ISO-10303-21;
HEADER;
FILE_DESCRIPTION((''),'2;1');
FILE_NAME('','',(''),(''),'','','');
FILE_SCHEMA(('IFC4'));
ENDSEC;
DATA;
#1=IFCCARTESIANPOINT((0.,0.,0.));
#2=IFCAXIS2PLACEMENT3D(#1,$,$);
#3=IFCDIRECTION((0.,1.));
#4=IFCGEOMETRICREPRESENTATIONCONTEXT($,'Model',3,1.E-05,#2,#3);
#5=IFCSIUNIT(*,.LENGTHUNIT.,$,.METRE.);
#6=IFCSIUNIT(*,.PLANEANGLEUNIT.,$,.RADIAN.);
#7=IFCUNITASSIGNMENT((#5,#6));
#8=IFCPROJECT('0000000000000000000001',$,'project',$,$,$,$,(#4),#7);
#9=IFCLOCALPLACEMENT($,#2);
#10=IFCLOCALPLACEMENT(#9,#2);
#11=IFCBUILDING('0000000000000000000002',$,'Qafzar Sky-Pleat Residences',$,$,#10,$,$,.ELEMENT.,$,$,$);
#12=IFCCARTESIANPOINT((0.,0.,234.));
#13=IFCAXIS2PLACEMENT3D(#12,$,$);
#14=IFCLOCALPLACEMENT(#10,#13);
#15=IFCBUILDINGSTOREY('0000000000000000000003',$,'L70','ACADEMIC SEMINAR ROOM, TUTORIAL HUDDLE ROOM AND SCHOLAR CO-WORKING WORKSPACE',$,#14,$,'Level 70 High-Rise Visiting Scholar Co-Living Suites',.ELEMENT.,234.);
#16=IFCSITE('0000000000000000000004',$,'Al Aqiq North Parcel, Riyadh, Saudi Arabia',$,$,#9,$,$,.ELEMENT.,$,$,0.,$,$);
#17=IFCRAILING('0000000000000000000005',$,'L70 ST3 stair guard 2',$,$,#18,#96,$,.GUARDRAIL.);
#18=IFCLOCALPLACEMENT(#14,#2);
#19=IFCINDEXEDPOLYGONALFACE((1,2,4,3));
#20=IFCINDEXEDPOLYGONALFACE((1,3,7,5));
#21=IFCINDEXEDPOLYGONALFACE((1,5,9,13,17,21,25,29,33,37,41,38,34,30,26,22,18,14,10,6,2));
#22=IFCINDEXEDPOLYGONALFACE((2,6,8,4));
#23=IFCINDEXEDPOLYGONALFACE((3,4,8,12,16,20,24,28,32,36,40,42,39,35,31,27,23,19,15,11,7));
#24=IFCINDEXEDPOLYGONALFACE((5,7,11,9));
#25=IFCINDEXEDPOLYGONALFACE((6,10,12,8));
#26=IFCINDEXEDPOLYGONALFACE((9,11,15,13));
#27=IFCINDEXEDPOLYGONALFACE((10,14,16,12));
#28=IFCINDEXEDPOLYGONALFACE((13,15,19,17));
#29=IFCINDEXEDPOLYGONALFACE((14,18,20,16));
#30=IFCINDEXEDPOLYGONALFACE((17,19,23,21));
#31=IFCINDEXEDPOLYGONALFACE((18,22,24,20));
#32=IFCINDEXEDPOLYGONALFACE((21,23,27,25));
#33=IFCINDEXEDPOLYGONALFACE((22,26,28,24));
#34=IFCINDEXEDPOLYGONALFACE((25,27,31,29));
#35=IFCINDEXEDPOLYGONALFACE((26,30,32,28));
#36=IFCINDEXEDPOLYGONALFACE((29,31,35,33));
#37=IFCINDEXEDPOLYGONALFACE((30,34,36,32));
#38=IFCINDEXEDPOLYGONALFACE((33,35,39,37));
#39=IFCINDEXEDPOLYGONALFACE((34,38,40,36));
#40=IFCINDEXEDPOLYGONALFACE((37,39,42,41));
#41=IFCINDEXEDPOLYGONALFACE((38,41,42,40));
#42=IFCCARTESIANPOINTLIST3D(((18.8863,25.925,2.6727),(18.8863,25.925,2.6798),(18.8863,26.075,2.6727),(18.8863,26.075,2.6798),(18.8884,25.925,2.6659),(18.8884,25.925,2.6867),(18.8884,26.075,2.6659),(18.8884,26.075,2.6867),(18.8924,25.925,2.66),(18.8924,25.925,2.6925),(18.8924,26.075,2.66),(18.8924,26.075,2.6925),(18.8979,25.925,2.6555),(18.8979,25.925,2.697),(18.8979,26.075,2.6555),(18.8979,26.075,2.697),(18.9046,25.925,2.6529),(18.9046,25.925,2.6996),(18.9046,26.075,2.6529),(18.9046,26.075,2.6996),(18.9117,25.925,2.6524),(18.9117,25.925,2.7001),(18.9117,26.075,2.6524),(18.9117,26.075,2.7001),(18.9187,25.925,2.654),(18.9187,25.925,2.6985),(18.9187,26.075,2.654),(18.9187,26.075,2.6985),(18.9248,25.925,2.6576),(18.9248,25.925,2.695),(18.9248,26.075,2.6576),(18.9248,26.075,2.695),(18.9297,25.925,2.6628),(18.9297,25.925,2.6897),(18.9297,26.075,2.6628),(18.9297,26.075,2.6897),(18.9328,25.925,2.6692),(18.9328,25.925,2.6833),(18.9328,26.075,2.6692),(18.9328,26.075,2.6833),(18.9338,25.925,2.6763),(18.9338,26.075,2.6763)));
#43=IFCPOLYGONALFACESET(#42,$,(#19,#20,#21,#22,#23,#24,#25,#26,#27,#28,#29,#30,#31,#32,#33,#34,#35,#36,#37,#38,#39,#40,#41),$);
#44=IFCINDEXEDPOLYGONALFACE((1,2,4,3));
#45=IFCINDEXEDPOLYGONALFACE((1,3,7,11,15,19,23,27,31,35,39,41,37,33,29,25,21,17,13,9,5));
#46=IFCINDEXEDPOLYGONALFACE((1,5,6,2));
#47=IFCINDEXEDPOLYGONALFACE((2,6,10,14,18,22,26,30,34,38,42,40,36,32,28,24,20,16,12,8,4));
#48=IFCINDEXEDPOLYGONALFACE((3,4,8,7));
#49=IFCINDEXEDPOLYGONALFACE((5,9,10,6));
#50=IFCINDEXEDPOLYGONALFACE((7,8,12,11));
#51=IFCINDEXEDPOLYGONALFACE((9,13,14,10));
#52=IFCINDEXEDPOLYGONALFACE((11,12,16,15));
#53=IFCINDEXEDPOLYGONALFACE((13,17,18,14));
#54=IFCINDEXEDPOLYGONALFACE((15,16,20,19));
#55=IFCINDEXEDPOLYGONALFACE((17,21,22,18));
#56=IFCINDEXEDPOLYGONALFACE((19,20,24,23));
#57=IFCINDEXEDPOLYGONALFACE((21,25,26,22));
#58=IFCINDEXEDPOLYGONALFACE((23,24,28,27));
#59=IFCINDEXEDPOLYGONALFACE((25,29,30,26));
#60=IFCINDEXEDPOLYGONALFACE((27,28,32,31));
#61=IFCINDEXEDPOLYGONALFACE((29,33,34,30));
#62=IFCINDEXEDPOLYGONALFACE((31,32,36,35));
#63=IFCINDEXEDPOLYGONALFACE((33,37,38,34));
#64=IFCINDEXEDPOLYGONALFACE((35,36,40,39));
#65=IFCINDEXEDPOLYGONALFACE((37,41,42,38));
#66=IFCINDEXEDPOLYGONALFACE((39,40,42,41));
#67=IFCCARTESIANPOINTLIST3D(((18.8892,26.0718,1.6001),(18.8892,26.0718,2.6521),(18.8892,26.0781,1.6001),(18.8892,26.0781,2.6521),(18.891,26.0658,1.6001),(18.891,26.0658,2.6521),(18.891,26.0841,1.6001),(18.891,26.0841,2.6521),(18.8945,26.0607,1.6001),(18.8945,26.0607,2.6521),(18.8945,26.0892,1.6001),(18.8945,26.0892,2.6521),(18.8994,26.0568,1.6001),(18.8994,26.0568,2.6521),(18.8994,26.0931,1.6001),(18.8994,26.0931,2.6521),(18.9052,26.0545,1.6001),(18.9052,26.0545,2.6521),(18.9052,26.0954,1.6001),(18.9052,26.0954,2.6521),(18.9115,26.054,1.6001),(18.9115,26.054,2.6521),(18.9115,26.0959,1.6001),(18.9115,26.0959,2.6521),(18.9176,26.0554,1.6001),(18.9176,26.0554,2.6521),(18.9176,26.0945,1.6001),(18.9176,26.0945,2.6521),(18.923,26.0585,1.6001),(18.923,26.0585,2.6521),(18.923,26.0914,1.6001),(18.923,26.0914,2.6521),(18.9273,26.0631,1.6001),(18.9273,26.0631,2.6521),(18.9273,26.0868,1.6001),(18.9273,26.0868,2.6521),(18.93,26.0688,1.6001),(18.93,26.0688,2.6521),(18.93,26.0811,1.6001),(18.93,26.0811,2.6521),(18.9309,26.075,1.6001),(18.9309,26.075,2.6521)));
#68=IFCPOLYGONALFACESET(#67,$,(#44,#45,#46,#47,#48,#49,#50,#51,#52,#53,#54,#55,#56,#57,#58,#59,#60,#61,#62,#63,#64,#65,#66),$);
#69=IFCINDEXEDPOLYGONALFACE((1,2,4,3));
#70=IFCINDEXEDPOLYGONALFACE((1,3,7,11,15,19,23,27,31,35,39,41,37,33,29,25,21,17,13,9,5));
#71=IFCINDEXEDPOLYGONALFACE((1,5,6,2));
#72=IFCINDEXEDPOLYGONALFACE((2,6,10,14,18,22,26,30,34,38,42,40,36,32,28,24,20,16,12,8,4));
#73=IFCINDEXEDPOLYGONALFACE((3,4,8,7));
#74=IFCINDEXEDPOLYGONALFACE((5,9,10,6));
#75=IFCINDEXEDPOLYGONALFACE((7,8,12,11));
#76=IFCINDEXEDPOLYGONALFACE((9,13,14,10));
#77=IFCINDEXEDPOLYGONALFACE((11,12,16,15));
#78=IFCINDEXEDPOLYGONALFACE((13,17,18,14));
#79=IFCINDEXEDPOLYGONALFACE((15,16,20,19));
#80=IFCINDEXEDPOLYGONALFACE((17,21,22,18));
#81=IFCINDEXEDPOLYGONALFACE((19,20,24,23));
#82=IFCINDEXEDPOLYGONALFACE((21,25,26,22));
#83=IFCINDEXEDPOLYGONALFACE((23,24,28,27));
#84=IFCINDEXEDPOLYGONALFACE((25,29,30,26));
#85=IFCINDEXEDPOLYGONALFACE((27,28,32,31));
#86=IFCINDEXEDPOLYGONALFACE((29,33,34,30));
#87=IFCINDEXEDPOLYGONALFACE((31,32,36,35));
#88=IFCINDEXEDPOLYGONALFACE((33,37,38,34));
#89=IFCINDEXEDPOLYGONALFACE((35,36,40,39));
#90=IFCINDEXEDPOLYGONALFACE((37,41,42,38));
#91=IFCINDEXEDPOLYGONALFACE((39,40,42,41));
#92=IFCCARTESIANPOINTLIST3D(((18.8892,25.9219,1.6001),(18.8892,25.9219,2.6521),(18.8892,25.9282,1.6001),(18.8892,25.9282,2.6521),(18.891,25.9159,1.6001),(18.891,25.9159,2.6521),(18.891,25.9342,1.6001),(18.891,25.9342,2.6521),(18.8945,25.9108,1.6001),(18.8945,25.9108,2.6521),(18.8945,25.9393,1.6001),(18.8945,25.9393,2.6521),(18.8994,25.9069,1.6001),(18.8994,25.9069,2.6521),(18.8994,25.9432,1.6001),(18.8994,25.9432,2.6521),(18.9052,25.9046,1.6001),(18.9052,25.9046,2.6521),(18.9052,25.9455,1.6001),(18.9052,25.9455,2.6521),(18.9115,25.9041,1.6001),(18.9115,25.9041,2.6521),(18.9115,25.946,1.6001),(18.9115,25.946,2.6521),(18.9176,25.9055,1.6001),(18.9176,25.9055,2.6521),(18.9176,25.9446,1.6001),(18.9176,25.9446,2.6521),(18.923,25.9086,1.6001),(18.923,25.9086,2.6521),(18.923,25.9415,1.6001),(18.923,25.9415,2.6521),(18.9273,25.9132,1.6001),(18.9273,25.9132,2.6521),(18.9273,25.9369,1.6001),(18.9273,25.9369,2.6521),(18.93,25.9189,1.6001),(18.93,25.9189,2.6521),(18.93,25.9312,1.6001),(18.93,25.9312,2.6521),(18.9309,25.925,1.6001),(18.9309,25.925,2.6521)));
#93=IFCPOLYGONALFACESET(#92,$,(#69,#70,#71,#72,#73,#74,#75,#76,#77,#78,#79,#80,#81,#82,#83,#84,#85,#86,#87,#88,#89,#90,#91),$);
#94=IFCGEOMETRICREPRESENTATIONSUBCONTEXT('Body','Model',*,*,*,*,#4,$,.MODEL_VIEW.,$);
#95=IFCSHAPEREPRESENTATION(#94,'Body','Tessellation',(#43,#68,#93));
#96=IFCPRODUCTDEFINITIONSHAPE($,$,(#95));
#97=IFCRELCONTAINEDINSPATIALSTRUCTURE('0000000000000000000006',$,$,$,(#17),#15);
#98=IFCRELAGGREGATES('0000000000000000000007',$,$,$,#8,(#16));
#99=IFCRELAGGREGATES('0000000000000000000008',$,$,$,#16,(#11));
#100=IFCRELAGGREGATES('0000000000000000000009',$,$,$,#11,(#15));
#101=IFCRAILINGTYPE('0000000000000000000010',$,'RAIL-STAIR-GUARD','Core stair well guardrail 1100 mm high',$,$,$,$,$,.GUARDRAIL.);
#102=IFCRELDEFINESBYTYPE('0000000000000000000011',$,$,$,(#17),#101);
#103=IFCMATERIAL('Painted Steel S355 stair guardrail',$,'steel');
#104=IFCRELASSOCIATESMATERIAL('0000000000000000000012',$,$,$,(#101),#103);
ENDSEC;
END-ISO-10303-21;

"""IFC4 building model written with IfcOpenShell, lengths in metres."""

from ifc_helpers import new_model, si_unit, direction, frame, origin, origin_2d, place, context, subcontext, project, spatial, circle, extrude, source, transform, mapped, material, type_object, element, save


model = new_model("IFC4")

# Units and contexts
model_context = context("Model", 3, precision=1e-05, world=origin(), true_north=direction((0.0, 1.0)))
body_context = subcontext(model_context, "Body", "Model", "MODEL_VIEW")
ifc_project = project(units=[si_unit("LENGTHUNIT", "METRE"), si_unit("PLANEANGLEUNIT", "RADIAN")], contexts=[model_context])

# Site, building, storey
site_placement = place(None, origin())
site = spatial("IfcSite", under=ifc_project, at=site_placement, Name="Al Aqiq North Parcel, Riyadh, Saudi Arabia", CompositionType="ELEMENT", RefElevation=0.0)
building_placement = place(site_placement, origin())
building = spatial("IfcBuilding", under=site, at=building_placement, Name="Qafzar Sky-Pleat Residences", CompositionType="ELEMENT")
storey_placement = place(building_placement, frame((0.0, 0.0, 234.0)))
storey = spatial("IfcBuildingStorey", under=building, at=storey_placement, Name="L70", Description="ACADEMIC SEMINAR ROOM, TUTORIAL HUDDLE ROOM AND SCHOLAR CO-WORKING WORKSPACE", LongName="Level 70 High-Rise Visiting Scholar Co-Living Suites", CompositionType="ELEMENT", Elevation=234.0)

# Railing
ifc_material_1 = material(Name="Painted Steel S355 stair guardrail", Category="steel")
railing_type_1 = type_object("IfcRailingType", Name="RAIL-STAIR-GUARD", Description="Core stair well guardrail 1100 mm high", PredefinedType="GUARDRAIL", material=ifc_material_1)
shared_shape_1 = source(origin(), body_context, "Body", "SweptSolid", [
    extrude(circle(Radius=0.0239, at=origin_2d()), frame((0.0, 0.0, 1.0762), z_axis=(0.0, -1.0, 0.0), x_axis=(1.0, 0.0, 0.0)), (0.0, 0.0, 1.0), 0.1499),
    extrude(circle(Radius=0.021, at=origin_2d()), origin(), (0.0, 0.0, 1.0), 1.052),
    extrude(circle(Radius=0.021, at=origin_2d()), frame((0.0, -0.1499, 0.0)), (0.0, 0.0, 1.0), 1.052),
])
railing_1_placement = place(storey_placement, frame((18.9099, 26.075, 1.6001)))
element("IfcRailing", 1, at=railing_1_placement, inside=storey, type_object=railing_type_1, Name="L70 ST3 stair guard 2", PredefinedType="GUARDRAIL", context=body_context, shape_type="MappedRepresentation", body=[
    mapped(shared_shape_1, transform((0.0, 0.0, 0.0), x_axis=(1.0, 0.0, 0.0), y_axis=(0.0, 1.0, 0.0), z_axis=(0.0, 0.0, 1.0), scale=1.0)),
])

save(model, "model.ifc")
